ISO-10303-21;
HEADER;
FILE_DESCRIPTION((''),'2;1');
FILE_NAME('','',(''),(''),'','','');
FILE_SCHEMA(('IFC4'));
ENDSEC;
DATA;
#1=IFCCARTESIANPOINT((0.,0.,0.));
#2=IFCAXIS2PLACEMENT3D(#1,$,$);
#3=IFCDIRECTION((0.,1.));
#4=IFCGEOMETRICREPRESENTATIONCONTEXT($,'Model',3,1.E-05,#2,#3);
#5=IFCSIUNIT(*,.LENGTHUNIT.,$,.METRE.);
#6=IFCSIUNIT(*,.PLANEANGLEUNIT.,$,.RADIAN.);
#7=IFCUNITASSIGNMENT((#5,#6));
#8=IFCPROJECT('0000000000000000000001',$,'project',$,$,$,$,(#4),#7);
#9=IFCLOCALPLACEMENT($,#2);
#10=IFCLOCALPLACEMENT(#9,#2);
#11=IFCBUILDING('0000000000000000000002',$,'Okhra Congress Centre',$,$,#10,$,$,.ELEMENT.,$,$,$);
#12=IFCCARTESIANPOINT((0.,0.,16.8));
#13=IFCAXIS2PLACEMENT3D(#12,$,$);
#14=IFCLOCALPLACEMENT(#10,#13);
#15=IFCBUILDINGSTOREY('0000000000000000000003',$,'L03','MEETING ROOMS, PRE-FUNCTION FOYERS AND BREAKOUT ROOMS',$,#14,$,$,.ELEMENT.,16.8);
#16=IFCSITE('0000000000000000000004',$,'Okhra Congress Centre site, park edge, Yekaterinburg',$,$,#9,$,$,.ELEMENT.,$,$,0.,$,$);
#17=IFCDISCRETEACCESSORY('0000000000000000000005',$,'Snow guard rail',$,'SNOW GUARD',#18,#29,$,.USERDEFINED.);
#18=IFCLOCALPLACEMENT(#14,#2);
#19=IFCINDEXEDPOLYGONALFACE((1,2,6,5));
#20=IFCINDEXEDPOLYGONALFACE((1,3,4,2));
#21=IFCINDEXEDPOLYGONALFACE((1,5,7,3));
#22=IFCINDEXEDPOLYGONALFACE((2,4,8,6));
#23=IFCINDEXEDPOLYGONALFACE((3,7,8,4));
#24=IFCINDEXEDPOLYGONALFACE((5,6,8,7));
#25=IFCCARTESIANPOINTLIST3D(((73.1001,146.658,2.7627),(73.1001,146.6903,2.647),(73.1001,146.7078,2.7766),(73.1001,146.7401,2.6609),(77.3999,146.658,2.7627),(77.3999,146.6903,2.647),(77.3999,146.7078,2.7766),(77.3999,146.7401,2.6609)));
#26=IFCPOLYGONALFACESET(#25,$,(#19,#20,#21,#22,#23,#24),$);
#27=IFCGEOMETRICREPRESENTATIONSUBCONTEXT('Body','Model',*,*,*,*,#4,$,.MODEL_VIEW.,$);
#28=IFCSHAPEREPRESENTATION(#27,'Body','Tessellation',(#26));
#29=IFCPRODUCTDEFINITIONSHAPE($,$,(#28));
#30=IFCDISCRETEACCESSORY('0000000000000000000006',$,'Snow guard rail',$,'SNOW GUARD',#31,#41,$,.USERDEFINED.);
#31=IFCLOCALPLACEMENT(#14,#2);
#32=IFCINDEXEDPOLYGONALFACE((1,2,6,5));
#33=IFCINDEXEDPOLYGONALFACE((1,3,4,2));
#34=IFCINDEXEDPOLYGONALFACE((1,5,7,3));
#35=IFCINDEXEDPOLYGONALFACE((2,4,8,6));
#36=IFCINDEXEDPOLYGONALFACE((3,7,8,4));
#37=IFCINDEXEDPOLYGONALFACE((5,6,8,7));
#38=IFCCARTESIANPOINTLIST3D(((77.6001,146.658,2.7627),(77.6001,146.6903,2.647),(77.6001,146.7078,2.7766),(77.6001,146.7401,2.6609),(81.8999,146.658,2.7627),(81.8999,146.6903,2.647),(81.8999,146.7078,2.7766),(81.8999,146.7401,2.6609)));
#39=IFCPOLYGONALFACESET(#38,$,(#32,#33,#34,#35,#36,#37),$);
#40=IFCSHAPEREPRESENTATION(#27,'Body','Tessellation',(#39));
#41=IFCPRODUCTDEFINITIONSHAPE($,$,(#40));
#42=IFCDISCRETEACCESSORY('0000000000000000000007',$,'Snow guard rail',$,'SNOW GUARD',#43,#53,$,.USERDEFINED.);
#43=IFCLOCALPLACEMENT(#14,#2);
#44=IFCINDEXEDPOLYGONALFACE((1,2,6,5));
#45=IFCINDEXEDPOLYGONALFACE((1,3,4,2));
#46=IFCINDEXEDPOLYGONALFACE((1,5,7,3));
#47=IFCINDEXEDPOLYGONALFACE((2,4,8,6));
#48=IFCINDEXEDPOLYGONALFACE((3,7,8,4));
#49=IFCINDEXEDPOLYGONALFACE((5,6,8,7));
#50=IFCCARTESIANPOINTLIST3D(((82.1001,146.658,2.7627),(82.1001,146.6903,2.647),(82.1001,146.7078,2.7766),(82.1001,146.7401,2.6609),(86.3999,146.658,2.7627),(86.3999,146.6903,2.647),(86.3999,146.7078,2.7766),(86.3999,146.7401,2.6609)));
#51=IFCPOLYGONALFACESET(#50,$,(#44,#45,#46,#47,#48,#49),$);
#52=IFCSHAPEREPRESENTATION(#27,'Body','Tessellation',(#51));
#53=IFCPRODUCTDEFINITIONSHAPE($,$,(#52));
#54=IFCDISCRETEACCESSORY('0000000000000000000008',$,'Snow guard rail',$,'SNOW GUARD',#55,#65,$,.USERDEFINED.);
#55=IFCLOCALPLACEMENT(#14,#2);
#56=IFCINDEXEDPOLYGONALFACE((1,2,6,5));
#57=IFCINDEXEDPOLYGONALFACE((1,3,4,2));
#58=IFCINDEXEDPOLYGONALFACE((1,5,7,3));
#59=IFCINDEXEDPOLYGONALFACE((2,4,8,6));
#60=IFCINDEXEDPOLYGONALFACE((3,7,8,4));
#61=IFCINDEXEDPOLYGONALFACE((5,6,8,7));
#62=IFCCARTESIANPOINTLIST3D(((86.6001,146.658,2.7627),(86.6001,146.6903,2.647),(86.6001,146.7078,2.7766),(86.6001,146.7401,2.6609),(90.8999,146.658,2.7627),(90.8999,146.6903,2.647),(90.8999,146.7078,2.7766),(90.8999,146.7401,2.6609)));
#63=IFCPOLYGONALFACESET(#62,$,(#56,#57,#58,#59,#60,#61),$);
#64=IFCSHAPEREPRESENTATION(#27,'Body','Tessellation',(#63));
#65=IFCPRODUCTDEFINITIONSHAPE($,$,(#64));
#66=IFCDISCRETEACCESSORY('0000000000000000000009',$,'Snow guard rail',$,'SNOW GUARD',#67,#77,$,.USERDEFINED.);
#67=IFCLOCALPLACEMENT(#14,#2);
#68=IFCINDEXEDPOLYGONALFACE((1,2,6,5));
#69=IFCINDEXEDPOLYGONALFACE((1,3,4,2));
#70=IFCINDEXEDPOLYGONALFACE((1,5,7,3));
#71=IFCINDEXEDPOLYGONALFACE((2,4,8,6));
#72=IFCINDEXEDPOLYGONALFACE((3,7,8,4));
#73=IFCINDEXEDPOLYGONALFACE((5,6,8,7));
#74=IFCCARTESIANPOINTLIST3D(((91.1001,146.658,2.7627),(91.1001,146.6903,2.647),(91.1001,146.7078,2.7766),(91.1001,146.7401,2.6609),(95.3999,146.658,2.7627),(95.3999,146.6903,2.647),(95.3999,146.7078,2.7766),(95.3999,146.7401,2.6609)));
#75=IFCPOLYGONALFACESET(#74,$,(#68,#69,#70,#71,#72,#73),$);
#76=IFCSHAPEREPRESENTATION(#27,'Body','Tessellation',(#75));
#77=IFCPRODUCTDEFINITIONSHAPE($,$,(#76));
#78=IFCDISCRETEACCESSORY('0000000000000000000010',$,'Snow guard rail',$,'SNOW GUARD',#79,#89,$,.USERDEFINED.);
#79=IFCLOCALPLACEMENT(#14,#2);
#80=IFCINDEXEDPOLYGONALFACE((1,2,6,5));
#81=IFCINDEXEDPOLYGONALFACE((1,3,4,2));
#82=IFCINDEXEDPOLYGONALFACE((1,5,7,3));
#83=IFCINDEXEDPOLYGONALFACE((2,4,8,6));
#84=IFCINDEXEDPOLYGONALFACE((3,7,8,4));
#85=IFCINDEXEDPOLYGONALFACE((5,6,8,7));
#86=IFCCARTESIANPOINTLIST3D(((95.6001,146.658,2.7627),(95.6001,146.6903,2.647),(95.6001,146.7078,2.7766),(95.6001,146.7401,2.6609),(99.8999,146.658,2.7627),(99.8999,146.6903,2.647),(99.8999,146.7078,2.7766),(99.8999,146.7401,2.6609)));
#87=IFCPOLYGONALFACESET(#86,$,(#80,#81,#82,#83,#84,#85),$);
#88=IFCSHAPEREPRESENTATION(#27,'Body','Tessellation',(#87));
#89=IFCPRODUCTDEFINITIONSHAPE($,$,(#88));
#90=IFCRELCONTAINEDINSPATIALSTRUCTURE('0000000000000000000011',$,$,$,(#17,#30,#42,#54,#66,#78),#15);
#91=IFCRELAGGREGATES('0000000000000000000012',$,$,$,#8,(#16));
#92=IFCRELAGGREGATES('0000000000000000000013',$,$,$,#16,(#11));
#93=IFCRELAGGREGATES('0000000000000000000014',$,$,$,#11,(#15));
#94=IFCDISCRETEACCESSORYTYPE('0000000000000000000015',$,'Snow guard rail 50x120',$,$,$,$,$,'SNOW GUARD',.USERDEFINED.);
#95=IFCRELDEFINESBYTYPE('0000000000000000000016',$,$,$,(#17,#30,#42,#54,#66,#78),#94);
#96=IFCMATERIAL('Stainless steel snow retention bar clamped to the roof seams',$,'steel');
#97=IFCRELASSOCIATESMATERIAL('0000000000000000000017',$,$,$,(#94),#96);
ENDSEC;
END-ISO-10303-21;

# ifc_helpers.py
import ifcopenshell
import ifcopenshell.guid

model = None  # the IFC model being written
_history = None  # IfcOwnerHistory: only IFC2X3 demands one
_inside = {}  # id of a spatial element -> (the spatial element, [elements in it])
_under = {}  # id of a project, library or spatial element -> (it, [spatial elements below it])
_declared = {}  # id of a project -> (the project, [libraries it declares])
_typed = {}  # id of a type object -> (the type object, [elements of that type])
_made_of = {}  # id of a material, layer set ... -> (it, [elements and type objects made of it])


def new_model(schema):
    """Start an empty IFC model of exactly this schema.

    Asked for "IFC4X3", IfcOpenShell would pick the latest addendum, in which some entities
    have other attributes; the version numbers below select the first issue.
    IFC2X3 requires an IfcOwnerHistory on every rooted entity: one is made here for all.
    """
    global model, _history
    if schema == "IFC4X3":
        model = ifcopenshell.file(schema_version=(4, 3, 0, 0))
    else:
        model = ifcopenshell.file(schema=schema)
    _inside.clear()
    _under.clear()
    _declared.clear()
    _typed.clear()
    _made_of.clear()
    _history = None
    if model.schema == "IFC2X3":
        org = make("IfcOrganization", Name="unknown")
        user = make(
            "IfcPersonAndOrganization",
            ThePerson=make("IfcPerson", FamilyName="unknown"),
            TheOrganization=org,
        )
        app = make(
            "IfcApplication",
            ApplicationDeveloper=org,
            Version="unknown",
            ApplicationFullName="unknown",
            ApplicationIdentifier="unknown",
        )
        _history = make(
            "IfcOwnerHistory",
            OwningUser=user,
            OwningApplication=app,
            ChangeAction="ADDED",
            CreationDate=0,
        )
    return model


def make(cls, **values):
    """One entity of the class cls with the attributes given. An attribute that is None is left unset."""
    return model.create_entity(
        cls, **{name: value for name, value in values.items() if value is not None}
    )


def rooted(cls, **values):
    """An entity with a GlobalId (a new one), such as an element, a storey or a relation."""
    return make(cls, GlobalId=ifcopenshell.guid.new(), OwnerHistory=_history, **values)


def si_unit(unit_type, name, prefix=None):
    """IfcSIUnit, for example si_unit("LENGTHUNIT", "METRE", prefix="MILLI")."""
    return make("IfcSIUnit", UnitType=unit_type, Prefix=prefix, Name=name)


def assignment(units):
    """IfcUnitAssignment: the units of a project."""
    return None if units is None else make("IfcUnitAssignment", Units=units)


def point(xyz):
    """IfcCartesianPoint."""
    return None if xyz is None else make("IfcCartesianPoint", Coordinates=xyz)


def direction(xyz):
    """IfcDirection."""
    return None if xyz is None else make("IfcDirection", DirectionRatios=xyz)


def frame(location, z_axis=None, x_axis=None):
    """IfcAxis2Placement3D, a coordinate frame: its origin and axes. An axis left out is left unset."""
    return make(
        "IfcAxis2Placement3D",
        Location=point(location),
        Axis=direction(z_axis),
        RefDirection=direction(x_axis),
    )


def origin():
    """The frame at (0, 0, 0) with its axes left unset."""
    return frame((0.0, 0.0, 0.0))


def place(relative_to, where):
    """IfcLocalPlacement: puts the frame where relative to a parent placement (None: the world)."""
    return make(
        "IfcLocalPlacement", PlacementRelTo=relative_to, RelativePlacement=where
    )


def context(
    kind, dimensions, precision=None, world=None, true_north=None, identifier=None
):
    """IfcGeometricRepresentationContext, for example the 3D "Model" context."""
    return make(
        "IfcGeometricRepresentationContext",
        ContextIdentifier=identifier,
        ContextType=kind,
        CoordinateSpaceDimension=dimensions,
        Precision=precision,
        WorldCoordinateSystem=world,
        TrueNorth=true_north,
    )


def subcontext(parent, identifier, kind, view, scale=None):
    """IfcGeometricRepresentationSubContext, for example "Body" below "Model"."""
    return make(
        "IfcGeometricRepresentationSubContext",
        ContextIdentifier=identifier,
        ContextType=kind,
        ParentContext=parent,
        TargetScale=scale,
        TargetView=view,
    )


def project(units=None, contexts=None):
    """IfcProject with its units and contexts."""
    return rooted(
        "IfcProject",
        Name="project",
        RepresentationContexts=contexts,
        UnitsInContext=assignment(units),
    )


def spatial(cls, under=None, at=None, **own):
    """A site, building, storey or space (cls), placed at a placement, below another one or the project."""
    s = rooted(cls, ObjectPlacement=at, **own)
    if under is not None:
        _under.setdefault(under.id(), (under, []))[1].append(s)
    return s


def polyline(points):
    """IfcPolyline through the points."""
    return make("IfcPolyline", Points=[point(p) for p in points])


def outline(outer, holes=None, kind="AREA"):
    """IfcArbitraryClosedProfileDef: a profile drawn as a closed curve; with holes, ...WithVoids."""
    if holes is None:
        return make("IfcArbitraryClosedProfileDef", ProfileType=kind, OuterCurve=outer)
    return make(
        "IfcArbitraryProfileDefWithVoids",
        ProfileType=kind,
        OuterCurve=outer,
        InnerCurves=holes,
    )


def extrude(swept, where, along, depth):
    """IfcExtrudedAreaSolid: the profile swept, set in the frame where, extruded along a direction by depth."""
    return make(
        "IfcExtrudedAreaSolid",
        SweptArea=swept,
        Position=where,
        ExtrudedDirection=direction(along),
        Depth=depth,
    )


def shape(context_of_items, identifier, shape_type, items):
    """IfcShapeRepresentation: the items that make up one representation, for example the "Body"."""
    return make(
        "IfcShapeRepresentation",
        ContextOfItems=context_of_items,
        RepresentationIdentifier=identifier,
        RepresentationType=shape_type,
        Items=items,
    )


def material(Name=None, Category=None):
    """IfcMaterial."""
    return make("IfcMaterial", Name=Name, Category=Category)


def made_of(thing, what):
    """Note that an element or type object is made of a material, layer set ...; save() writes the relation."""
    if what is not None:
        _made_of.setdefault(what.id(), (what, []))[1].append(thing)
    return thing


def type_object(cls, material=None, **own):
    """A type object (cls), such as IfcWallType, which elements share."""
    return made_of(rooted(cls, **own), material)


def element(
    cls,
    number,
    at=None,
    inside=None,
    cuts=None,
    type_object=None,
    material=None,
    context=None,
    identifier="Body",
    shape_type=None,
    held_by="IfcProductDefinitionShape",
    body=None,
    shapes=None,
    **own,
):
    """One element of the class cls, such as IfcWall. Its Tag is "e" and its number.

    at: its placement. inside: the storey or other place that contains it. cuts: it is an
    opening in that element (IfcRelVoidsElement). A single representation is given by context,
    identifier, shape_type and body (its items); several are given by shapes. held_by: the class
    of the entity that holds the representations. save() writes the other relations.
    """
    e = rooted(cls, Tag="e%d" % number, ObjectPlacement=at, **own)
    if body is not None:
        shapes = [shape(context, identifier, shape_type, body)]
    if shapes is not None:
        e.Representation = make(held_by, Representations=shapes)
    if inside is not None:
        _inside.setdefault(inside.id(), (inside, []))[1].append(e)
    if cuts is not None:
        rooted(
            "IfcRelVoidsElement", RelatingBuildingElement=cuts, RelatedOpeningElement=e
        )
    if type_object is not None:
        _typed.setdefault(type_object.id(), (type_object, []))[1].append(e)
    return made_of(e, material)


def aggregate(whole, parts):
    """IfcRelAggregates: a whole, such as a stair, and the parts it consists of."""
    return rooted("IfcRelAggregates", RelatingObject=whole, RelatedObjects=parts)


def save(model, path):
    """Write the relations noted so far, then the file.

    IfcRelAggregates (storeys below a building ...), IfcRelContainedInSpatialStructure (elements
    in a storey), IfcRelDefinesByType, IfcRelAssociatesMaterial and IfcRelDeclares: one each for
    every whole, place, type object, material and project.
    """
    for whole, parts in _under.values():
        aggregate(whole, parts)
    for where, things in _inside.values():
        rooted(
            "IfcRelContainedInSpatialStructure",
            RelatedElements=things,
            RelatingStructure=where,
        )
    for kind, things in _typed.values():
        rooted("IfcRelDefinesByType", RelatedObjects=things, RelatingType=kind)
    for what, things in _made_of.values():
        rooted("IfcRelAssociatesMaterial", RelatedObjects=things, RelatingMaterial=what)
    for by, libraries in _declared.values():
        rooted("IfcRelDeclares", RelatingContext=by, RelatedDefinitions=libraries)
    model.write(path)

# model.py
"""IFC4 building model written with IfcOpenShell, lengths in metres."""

from ifc_helpers import new_model, si_unit, direction, frame, origin, place, context, subcontext, project, spatial, polyline, outline, extrude, material, type_object, element, save


model = new_model("IFC4")

# Units and contexts
model_context = context("Model", 3, precision=1e-05, world=origin(), true_north=direction((0.0, 1.0)))
body_context = subcontext(model_context, "Body", "Model", "MODEL_VIEW")
ifc_project = project(units=[si_unit("LENGTHUNIT", "METRE"), si_unit("PLANEANGLEUNIT", "RADIAN")], contexts=[model_context])

# Site, building, storey
site_placement = place(None, origin())
site = spatial("IfcSite", under=ifc_project, at=site_placement, Name="Okhra Congress Centre site, park edge, Yekaterinburg", CompositionType="ELEMENT", RefElevation=0.0)
building_placement = place(site_placement, origin())
building = spatial("IfcBuilding", under=site, at=building_placement, Name="Okhra Congress Centre", CompositionType="ELEMENT")
storey_placement = place(building_placement, frame((0.0, 0.0, 16.8)))
storey = spatial("IfcBuildingStorey", under=building, at=storey_placement, Name="L03", Description="MEETING ROOMS, PRE-FUNCTION FOYERS AND BREAKOUT ROOMS", CompositionType="ELEMENT", Elevation=16.8)

# Discrete accessories
ifc_material_1 = material(Name="Stainless steel snow retention bar clamped to the roof seams", Category="steel")
discrete_accessory_type = type_object("IfcDiscreteAccessoryType", Name="Snow guard rail 50x120", ElementType="SNOW GUARD", PredefinedType="USERDEFINED", material=ifc_material_1)
for number, where, z_axis, x_axis, name in (
    (1, (73.1001, 146.658, 2.7627), (0.0, -0.269105, 0.963111), (1.0, 0.0, 0.0), "Snow guard rail"),
    (2, (77.6001, 146.658, 2.7627), (0.0, -0.269105, 0.963111), (1.0, 0.0, 0.0), "Snow guard rail"),
    (3, (82.1001, 146.658, 2.7627), (0.0, -0.269105, 0.963111), (1.0, 0.0, 0.0), "Snow guard rail"),
    (4, (86.6001, 146.658, 2.7627), (0.0, -0.269105, 0.963111), (1.0, 0.0, 0.0), "Snow guard rail"),
    (5, (91.1001, 146.658, 2.7627), (0.0, -0.269105, 0.963111), (1.0, 0.0, 0.0), "Snow guard rail"),
    (6, (95.6001, 146.658, 2.7627), (0.0, -0.269105, 0.963111), (1.0, 0.0, 0.0), "Snow guard rail"),
):
    element("IfcDiscreteAccessory", number, at=place(storey_placement, frame(where, z_axis=z_axis, x_axis=x_axis)), inside=storey, type_object=discrete_accessory_type, Name=name, ObjectType="SNOW GUARD", PredefinedType="USERDEFINED", context=body_context, shape_type="SweptSolid", body=[
        extrude(outline(polyline([(0.0, 0.0), (4.2998, 0.0), (4.2998, 0.0517), (0.0, 0.0517), (0.0, 0.0)])), origin(), (0.0, 0.0, -1.0), 0.1201),
    ])

save(model, "model.ifc")
